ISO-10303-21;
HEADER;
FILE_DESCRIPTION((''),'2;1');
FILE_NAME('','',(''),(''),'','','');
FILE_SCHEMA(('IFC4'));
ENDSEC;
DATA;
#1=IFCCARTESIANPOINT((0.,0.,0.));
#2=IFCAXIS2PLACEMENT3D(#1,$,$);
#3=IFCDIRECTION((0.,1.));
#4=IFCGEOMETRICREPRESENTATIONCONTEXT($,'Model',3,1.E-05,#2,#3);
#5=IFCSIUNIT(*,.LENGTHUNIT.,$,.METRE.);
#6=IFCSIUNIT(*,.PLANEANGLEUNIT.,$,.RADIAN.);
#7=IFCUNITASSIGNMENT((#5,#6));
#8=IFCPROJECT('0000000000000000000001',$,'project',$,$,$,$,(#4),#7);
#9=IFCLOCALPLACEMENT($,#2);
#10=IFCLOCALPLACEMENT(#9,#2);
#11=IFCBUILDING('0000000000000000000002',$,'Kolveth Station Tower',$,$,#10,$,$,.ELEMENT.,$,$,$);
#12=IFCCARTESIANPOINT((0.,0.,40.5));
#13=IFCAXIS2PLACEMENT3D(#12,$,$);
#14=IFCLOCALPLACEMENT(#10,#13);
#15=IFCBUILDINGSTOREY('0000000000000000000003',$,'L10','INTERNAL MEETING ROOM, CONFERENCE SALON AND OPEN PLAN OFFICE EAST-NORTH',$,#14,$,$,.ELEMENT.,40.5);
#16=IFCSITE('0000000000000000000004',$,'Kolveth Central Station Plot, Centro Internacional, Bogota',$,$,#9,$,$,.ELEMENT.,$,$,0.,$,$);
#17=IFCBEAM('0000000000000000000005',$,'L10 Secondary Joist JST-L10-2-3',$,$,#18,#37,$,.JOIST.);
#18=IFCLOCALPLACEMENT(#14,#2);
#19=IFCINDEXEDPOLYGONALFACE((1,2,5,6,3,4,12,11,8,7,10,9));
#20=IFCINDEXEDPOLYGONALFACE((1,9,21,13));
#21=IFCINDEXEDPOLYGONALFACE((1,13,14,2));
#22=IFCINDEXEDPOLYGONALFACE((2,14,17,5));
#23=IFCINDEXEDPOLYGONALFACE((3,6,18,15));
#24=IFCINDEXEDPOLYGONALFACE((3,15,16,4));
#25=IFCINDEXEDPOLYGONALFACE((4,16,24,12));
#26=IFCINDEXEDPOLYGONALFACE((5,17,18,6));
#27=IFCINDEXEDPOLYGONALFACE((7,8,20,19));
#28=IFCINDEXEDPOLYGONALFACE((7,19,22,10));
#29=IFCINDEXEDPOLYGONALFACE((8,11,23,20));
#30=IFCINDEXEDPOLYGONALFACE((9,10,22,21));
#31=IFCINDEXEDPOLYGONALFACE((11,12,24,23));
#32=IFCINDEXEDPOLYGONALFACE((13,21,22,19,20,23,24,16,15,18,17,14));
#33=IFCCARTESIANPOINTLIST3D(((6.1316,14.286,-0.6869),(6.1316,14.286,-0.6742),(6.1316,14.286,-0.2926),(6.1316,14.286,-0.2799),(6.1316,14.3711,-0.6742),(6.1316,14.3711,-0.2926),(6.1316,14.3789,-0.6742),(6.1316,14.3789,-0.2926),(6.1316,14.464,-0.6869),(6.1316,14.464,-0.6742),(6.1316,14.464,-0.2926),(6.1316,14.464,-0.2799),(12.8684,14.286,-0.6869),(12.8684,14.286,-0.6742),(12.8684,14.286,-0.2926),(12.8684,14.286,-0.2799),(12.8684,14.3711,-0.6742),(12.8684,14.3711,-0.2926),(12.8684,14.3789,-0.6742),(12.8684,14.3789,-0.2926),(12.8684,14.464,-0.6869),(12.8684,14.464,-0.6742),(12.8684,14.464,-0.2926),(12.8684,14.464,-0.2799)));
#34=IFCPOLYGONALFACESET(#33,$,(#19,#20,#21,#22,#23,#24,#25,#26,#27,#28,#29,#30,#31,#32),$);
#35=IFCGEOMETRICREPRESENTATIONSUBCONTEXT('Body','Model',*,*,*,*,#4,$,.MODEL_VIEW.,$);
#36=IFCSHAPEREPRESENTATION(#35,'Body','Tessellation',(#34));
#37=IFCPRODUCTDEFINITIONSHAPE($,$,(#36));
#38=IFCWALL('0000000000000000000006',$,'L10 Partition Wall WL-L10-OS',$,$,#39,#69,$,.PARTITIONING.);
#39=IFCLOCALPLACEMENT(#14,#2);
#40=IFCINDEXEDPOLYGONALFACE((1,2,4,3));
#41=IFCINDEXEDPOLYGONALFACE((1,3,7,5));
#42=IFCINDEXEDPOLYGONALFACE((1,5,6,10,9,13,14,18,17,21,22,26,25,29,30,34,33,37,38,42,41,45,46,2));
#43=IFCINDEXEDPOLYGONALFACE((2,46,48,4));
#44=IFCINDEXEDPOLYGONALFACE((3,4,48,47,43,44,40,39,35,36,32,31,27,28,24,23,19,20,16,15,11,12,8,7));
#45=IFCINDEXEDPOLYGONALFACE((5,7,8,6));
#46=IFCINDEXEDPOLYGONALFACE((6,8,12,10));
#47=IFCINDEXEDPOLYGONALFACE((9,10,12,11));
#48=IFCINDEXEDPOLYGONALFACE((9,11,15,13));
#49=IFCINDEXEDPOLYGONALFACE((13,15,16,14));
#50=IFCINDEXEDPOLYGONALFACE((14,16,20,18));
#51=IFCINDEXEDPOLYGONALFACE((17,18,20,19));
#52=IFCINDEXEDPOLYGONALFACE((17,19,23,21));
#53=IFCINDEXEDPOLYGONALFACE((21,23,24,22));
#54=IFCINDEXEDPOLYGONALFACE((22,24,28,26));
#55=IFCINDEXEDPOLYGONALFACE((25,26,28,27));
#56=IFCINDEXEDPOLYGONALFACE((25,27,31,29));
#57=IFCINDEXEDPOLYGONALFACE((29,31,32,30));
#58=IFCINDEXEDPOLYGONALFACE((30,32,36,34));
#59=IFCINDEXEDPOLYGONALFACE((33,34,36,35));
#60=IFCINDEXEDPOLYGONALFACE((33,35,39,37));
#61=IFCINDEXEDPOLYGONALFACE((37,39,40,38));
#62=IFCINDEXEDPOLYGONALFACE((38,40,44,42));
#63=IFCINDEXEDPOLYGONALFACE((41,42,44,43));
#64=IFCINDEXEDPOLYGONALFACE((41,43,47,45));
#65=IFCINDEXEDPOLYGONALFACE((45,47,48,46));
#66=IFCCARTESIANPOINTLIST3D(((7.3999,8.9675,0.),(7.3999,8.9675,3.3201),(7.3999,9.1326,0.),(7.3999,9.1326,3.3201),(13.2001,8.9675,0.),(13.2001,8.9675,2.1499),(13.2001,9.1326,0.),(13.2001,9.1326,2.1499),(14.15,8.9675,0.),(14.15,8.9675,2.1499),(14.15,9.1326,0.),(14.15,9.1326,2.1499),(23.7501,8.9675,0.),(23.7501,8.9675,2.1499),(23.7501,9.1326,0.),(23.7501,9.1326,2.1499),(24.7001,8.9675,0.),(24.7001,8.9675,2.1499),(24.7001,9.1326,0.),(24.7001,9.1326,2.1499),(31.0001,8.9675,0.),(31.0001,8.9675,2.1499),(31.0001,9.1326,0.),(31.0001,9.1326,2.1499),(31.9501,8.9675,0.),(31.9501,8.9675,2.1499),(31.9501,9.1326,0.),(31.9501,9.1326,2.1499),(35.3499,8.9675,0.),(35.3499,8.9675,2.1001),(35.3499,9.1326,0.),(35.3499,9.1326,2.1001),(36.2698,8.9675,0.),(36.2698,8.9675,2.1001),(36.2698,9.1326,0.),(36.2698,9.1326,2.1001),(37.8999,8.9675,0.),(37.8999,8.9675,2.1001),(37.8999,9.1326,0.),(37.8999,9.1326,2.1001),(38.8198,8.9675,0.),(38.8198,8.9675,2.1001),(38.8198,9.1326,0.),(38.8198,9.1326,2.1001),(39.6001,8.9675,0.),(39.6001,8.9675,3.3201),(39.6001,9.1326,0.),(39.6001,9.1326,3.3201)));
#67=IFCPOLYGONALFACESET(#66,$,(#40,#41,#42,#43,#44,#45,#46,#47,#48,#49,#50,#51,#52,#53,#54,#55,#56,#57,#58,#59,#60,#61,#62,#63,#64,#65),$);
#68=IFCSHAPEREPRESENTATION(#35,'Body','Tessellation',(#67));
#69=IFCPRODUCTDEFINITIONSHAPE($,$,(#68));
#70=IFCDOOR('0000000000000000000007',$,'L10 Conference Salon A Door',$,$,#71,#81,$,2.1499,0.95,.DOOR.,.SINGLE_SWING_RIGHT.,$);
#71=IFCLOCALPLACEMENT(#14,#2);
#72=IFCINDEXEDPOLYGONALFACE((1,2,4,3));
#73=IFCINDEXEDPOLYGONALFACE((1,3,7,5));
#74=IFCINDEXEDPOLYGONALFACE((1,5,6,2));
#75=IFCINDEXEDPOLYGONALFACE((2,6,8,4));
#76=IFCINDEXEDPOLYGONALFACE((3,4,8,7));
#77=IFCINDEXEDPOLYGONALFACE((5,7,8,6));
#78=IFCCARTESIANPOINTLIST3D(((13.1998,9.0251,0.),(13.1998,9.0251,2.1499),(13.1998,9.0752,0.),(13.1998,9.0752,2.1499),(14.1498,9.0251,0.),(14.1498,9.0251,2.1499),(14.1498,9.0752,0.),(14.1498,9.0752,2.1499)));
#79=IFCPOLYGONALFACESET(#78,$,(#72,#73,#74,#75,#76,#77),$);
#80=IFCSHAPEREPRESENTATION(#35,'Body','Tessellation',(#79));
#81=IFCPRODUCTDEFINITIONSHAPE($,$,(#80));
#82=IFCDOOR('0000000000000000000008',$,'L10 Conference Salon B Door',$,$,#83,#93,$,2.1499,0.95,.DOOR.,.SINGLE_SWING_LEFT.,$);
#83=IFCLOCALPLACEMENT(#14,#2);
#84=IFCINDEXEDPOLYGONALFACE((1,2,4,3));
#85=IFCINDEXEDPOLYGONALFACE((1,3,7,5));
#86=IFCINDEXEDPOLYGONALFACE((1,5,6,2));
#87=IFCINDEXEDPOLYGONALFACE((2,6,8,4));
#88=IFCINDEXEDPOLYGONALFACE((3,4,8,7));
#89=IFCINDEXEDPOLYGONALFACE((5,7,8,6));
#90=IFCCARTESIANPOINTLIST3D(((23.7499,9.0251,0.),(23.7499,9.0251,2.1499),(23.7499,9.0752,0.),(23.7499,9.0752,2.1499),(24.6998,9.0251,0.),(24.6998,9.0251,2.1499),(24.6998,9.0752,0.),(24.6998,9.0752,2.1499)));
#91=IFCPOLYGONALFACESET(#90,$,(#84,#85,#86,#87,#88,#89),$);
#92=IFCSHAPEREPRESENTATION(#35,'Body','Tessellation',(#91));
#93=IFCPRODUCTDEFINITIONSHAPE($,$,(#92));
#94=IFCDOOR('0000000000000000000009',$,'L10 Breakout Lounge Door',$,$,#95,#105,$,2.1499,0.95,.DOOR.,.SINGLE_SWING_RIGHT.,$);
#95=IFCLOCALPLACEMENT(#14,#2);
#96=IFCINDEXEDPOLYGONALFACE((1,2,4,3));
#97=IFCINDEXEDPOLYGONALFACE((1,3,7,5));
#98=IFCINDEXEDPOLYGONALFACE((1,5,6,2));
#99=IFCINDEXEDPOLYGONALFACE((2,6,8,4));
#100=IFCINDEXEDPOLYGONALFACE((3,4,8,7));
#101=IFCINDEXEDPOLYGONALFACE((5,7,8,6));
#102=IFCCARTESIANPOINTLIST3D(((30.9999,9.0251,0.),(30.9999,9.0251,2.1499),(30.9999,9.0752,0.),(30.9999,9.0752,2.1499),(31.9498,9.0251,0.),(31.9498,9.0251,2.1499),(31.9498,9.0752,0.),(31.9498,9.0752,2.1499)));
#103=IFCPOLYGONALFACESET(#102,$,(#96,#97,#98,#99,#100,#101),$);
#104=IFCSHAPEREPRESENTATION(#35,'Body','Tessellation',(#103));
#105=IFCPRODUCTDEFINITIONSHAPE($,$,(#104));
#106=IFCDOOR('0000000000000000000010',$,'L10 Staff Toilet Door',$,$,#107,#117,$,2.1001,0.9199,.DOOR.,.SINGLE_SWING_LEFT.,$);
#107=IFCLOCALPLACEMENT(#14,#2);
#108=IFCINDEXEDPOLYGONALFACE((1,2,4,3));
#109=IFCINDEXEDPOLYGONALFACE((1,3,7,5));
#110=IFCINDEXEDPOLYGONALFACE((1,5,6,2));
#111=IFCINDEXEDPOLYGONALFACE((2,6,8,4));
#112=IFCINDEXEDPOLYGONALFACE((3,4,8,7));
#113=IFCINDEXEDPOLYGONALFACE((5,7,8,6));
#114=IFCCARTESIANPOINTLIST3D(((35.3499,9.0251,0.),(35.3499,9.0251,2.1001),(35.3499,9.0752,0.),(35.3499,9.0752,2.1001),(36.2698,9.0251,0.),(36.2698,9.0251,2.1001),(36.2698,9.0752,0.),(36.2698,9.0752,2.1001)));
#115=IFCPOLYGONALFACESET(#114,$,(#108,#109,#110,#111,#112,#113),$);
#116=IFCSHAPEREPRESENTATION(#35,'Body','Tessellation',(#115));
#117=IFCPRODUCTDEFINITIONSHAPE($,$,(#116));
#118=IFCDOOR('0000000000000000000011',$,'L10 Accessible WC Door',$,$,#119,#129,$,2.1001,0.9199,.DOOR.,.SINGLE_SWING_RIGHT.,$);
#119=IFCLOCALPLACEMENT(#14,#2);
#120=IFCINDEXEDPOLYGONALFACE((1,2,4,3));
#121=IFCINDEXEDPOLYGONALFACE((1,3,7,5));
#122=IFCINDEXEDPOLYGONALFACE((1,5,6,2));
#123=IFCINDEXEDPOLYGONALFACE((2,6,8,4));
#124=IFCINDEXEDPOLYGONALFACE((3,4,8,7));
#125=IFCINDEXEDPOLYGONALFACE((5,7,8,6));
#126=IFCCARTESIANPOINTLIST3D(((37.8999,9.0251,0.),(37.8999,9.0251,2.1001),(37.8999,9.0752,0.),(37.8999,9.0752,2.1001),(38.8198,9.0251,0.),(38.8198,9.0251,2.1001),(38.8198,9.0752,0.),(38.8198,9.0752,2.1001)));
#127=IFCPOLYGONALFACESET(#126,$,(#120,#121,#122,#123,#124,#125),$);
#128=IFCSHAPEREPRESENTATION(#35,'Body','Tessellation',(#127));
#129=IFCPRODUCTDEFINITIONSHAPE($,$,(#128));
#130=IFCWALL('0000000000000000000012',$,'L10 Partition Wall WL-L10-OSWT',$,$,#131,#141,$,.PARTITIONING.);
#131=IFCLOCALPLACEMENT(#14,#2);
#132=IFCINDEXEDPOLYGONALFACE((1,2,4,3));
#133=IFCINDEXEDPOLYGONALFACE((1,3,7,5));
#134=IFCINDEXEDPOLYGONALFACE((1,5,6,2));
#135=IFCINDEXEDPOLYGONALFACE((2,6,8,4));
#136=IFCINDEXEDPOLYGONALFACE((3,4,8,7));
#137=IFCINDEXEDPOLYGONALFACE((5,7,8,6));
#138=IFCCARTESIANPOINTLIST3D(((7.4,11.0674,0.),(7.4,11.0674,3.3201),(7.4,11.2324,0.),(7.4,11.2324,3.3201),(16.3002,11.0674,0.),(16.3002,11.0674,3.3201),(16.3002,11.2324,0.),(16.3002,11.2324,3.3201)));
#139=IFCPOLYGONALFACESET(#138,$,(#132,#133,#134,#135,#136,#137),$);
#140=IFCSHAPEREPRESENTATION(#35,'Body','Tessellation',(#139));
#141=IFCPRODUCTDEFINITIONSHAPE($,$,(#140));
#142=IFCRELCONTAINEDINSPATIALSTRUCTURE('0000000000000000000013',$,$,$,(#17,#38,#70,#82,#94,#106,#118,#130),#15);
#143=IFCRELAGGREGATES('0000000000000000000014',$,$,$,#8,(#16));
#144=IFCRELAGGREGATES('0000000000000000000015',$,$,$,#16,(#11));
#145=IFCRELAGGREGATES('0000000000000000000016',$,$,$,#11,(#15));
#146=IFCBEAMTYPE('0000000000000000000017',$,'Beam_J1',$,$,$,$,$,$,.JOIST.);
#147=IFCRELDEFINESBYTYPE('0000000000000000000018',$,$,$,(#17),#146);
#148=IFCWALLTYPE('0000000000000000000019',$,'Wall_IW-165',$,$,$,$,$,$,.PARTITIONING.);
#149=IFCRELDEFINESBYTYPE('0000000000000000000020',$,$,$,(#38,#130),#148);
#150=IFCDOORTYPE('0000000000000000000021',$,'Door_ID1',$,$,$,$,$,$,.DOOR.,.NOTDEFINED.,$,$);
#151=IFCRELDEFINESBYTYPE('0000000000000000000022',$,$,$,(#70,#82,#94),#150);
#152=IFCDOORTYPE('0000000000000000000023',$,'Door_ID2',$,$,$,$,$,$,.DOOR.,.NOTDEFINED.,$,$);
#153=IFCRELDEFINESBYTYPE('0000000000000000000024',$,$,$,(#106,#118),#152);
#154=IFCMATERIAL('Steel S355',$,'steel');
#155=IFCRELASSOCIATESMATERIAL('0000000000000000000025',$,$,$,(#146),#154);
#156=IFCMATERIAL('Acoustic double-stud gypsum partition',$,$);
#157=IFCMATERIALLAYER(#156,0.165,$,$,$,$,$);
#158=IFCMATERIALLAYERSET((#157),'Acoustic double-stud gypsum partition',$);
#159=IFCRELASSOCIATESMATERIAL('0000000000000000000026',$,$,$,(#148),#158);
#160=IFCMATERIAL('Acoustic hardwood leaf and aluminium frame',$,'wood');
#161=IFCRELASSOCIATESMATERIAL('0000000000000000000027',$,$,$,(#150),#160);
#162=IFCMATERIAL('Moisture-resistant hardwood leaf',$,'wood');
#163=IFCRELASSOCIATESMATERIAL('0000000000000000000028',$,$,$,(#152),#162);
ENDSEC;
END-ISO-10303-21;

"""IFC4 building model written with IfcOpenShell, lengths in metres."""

from ifc_helpers import new_model, si_unit, direction, frame, frame_2d, origin, origin_2d, place, context, subcontext, project, spatial, rectangle, i_section, extrude, source, transform, mapped, material, layer, layer_set, material_profile, profile_set, type_object, element, fill, save


model = new_model("IFC4")

# Units and contexts
model_context = context("Model", 3, precision=1e-05, world=origin(), true_north=direction((0.0, 1.0)))
body_context = subcontext(model_context, "Body", "Model", "MODEL_VIEW")
ifc_project = project(units=[si_unit("LENGTHUNIT", "METRE"), si_unit("PLANEANGLEUNIT", "RADIAN")], contexts=[model_context])

# Site, building, storey
site_placement = place(None, origin())
site = spatial("IfcSite", under=ifc_project, at=site_placement, Name="Kolveth Central Station Plot, Centro Internacional, Bogota", CompositionType="ELEMENT", RefElevation=0.0)
building_placement = place(site_placement, origin())
building = spatial("IfcBuilding", under=site, at=building_placement, Name="Kolveth Station Tower", CompositionType="ELEMENT")
storey_placement = place(building_placement, frame((0.0, 0.0, 40.5)))
storey = spatial("IfcBuildingStorey", under=building, at=storey_placement, Name="L10", Description="INTERNAL MEETING ROOM, CONFERENCE SALON AND OPEN PLAN OFFICE EAST-NORTH", CompositionType="ELEMENT", Elevation=40.5)

# Beam
ifc_material_1 = material(Name="Steel S355", Category="steel")
ifc_material_profile_1 = material_profile(ifc_material_1, i_section(OverallWidth=0.178, OverallDepth=0.407, WebThickness=0.0078, FlangeThickness=0.0127, at=origin_2d()), Name="W410x60")
ifc_profile_set_1 = profile_set([ifc_material_profile_1], Name="Steel S355")
beam_type_1 = type_object("IfcBeamType", Name="Beam_J1", PredefinedType="JOIST", material=ifc_profile_set_1)
shared_shape_1 = source(origin(), body_context, "Body", "SweptSolid", [
    extrude(i_section(OverallWidth=0.178, OverallDepth=0.407, WebThickness=0.0078, FlangeThickness=0.0127, at=origin_2d()), origin(), (0.0, 0.0, 1.0), 6.7368),
])
beam_placement = place(storey_placement, frame((6.1316, 14.375, -0.4834), z_axis=(1.0, 0.0, 0.0), x_axis=(0.0, 1.0, 0.0)))
element("IfcBeam", 1, at=beam_placement, inside=storey, type_object=beam_type_1, Name="L10 Secondary Joist JST-L10-2-3", PredefinedType="JOIST", context=body_context, shape_type="MappedRepresentation", body=[
    mapped(shared_shape_1, transform((0.0, 0.0, 0.0), x_axis=(1.0, 0.0, 0.0), y_axis=(0.0, 1.0, 0.0), z_axis=(0.0, 0.0, 1.0), scale=1.0)),
])

# Wall, openings, doors
ifc_material_2 = material(Name="Acoustic double-stud gypsum partition")
ifc_layer = layer(ifc_material_2, 0.165)
ifc_layer_set = layer_set([ifc_layer], Name="Acoustic double-stud gypsum partition")
wall_type = type_object("IfcWallType", Name="Wall_IW-165", PredefinedType="PARTITIONING", material=ifc_layer_set)
wall_1_placement = place(storey_placement, frame((7.3999, 9.05, 0.0), z_axis=(0.0, 0.0, 1.0), x_axis=(1.0, 0.0, 0.0)))
wall_1 = element("IfcWall", 2, at=wall_1_placement, inside=storey, type_object=wall_type, Name="L10 Partition Wall WL-L10-OS", PredefinedType="PARTITIONING", context=body_context, shape_type="SweptSolid", body=[
    extrude(rectangle(XDim=32.2002, YDim=0.165, at=frame_2d((16.1001, 0.0))), origin(), (0.0, 0.0, 1.0), 3.3201),
])
opening_1_placement = place(wall_1_placement, frame((5.8, 0.0, 0.0)))
opening_1 = element("IfcOpeningElement", 3, at=opening_1_placement, cuts=wall_1, PredefinedType="OPENING", context=body_context, shape_type="SweptSolid", body=[
    extrude(rectangle(XDim=0.95, YDim=2.1499, at=frame_2d((0.4751, 1.075))), frame((0.0, 0.0925, 0.0), z_axis=(0.0, -1.0, 0.0), x_axis=(1.0, 0.0, 0.0)), (0.0, 0.0, 1.0), 0.1851),
])
opening_2_placement = place(wall_1_placement, frame((16.3501, 0.0, 0.0)))
opening_2 = element("IfcOpeningElement", 4, at=opening_2_placement, cuts=wall_1, PredefinedType="OPENING", context=body_context, shape_type="SweptSolid", body=[
    extrude(rectangle(XDim=0.95, YDim=2.1499, at=frame_2d((0.4751, 1.075))), frame((0.0, 0.0925, 0.0), z_axis=(0.0, -1.0, 0.0), x_axis=(1.0, 0.0, 0.0)), (0.0, 0.0, 1.0), 0.1851),
])
opening_3_placement = place(wall_1_placement, frame((23.6001, 0.0, 0.0)))
opening_3 = element("IfcOpeningElement", 5, at=opening_3_placement, cuts=wall_1, PredefinedType="OPENING", context=body_context, shape_type="SweptSolid", body=[
    extrude(rectangle(XDim=0.95, YDim=2.1499, at=frame_2d((0.4751, 1.075))), frame((0.0, 0.0925, 0.0), z_axis=(0.0, -1.0, 0.0), x_axis=(1.0, 0.0, 0.0)), (0.0, 0.0, 1.0), 0.1851),
])
opening_4_placement = place(wall_1_placement, frame((27.95, 0.0, 0.0)))
opening_4 = element("IfcOpeningElement", 6, at=opening_4_placement, cuts=wall_1, PredefinedType="OPENING", context=body_context, shape_type="SweptSolid", body=[
    extrude(rectangle(XDim=0.9199, YDim=2.1001, at=frame_2d((0.46, 1.05))), frame((0.0, 0.0925, 0.0), z_axis=(0.0, -1.0, 0.0), x_axis=(1.0, 0.0, 0.0)), (0.0, 0.0, 1.0), 0.1851),
])
opening_5_placement = place(wall_1_placement, frame((30.5, 0.0, 0.0)))
opening_5 = element("IfcOpeningElement", 7, at=opening_5_placement, cuts=wall_1, PredefinedType="OPENING", context=body_context, shape_type="SweptSolid", body=[
    extrude(rectangle(XDim=0.9199, YDim=2.1001, at=frame_2d((0.46, 1.05))), frame((0.0, 0.0925, 0.0), z_axis=(0.0, -1.0, 0.0), x_axis=(1.0, 0.0, 0.0)), (0.0, 0.0, 1.0), 0.1851),
])
ifc_material_3 = material(Name="Acoustic hardwood leaf and aluminium frame", Category="wood")
door_type_1 = type_object("IfcDoorType", Name="Door_ID1", OperationType="NOTDEFINED", PredefinedType="DOOR", material=ifc_material_3)
door_1_placement = place(opening_1_placement, frame((0.95, 0.0, 0.0), z_axis=(0.0, 0.0, 1.0), x_axis=(-1.0, 0.0, 0.0)))
door_1 = element("IfcDoor", 8, at=door_1_placement, inside=storey, type_object=door_type_1, Name="L10 Conference Salon A Door", OperationType="SINGLE_SWING_RIGHT", OverallHeight=2.1499, OverallWidth=0.95, PredefinedType="DOOR", context=body_context, shape_type="SweptSolid", body=[
    extrude(rectangle(XDim=0.95, YDim=2.1499, at=frame_2d((0.4751, 1.075))), frame((0.0, 0.0249, 0.0), z_axis=(0.0, -1.0, 0.0), x_axis=(1.0, 0.0, 0.0)), (0.0, 0.0, 1.0), 0.05),
])
fill(opening_1, door_1)
door_2_placement = place(opening_2_placement, frame((0.95, 0.0, 0.0), z_axis=(0.0, 0.0, 1.0), x_axis=(-1.0, 0.0, 0.0)))
door_2 = element("IfcDoor", 9, at=door_2_placement, inside=storey, type_object=door_type_1, Name="L10 Conference Salon B Door", OperationType="SINGLE_SWING_LEFT", OverallHeight=2.1499, OverallWidth=0.95, PredefinedType="DOOR", context=body_context, shape_type="SweptSolid", body=[
    extrude(rectangle(XDim=0.95, YDim=2.1499, at=frame_2d((0.4751, 1.075))), frame((0.0, 0.0249, 0.0), z_axis=(0.0, -1.0, 0.0), x_axis=(1.0, 0.0, 0.0)), (0.0, 0.0, 1.0), 0.05),
])
fill(opening_2, door_2)
door_3_placement = place(opening_3_placement, frame((0.95, 0.0, 0.0), z_axis=(0.0, 0.0, 1.0), x_axis=(-1.0, 0.0, 0.0)))
door_3 = element("IfcDoor", 10, at=door_3_placement, inside=storey, type_object=door_type_1, Name="L10 Breakout Lounge Door", OperationType="SINGLE_SWING_RIGHT", OverallHeight=2.1499, OverallWidth=0.95, PredefinedType="DOOR", context=body_context, shape_type="SweptSolid", body=[
    extrude(rectangle(XDim=0.95, YDim=2.1499, at=frame_2d((0.4751, 1.075))), frame((0.0, 0.0249, 0.0), z_axis=(0.0, -1.0, 0.0), x_axis=(1.0, 0.0, 0.0)), (0.0, 0.0, 1.0), 0.05),
])
fill(opening_3, door_3)
ifc_material_4 = material(Name="Moisture-resistant hardwood leaf", Category="wood")
door_type_2 = type_object("IfcDoorType", Name="Door_ID2", OperationType="NOTDEFINED", PredefinedType="DOOR", material=ifc_material_4)
door_4_placement = place(opening_4_placement, frame((0.9199, 0.0, 0.0), z_axis=(0.0, 0.0, 1.0), x_axis=(-1.0, 0.0, 0.0)))
door_4 = element("IfcDoor", 11, at=door_4_placement, inside=storey, type_object=door_type_2, Name="L10 Staff Toilet Door", OperationType="SINGLE_SWING_LEFT", OverallHeight=2.1001, OverallWidth=0.9199, PredefinedType="DOOR", context=body_context, shape_type="SweptSolid", body=[
    extrude(rectangle(XDim=0.9199, YDim=2.1001, at=frame_2d((0.46, 1.05))), frame((0.0, 0.0249, 0.0), z_axis=(0.0, -1.0, 0.0), x_axis=(1.0, 0.0, 0.0)), (0.0, 0.0, 1.0), 0.05),
])
fill(opening_4, door_4)
door_5_placement = place(opening_5_placement, frame((0.9199, 0.0, 0.0), z_axis=(0.0, 0.0, 1.0), x_axis=(-1.0, 0.0, 0.0)))
door_5 = element("IfcDoor", 12, at=door_5_placement, inside=storey, type_object=door_type_2, Name="L10 Accessible WC Door", OperationType="SINGLE_SWING_RIGHT", OverallHeight=2.1001, OverallWidth=0.9199, PredefinedType="DOOR", context=body_context, shape_type="SweptSolid", body=[
    extrude(rectangle(XDim=0.9199, YDim=2.1001, at=frame_2d((0.46, 1.05))), frame((0.0, 0.0249, 0.0), z_axis=(0.0, -1.0, 0.0), x_axis=(1.0, 0.0, 0.0)), (0.0, 0.0, 1.0), 0.05),
])
fill(opening_5, door_5)

# Wall
wall_2_placement = place(storey_placement, frame((7.3999, 11.1499, 0.0), z_axis=(0.0, 0.0, 1.0), x_axis=(1.0, 0.0, 0.0)))
element("IfcWall", 13, at=wall_2_placement, inside=storey, type_object=wall_type, Name="L10 Partition Wall WL-L10-OSWT", PredefinedType="PARTITIONING", context=body_context, shape_type="SweptSolid", body=[
    extrude(rectangle(XDim=8.9001, YDim=0.165, at=frame_2d((4.4502, 0.0))), origin(), (0.0, 0.0, 1.0), 3.3201),
])

save(model, "model.ifc")
